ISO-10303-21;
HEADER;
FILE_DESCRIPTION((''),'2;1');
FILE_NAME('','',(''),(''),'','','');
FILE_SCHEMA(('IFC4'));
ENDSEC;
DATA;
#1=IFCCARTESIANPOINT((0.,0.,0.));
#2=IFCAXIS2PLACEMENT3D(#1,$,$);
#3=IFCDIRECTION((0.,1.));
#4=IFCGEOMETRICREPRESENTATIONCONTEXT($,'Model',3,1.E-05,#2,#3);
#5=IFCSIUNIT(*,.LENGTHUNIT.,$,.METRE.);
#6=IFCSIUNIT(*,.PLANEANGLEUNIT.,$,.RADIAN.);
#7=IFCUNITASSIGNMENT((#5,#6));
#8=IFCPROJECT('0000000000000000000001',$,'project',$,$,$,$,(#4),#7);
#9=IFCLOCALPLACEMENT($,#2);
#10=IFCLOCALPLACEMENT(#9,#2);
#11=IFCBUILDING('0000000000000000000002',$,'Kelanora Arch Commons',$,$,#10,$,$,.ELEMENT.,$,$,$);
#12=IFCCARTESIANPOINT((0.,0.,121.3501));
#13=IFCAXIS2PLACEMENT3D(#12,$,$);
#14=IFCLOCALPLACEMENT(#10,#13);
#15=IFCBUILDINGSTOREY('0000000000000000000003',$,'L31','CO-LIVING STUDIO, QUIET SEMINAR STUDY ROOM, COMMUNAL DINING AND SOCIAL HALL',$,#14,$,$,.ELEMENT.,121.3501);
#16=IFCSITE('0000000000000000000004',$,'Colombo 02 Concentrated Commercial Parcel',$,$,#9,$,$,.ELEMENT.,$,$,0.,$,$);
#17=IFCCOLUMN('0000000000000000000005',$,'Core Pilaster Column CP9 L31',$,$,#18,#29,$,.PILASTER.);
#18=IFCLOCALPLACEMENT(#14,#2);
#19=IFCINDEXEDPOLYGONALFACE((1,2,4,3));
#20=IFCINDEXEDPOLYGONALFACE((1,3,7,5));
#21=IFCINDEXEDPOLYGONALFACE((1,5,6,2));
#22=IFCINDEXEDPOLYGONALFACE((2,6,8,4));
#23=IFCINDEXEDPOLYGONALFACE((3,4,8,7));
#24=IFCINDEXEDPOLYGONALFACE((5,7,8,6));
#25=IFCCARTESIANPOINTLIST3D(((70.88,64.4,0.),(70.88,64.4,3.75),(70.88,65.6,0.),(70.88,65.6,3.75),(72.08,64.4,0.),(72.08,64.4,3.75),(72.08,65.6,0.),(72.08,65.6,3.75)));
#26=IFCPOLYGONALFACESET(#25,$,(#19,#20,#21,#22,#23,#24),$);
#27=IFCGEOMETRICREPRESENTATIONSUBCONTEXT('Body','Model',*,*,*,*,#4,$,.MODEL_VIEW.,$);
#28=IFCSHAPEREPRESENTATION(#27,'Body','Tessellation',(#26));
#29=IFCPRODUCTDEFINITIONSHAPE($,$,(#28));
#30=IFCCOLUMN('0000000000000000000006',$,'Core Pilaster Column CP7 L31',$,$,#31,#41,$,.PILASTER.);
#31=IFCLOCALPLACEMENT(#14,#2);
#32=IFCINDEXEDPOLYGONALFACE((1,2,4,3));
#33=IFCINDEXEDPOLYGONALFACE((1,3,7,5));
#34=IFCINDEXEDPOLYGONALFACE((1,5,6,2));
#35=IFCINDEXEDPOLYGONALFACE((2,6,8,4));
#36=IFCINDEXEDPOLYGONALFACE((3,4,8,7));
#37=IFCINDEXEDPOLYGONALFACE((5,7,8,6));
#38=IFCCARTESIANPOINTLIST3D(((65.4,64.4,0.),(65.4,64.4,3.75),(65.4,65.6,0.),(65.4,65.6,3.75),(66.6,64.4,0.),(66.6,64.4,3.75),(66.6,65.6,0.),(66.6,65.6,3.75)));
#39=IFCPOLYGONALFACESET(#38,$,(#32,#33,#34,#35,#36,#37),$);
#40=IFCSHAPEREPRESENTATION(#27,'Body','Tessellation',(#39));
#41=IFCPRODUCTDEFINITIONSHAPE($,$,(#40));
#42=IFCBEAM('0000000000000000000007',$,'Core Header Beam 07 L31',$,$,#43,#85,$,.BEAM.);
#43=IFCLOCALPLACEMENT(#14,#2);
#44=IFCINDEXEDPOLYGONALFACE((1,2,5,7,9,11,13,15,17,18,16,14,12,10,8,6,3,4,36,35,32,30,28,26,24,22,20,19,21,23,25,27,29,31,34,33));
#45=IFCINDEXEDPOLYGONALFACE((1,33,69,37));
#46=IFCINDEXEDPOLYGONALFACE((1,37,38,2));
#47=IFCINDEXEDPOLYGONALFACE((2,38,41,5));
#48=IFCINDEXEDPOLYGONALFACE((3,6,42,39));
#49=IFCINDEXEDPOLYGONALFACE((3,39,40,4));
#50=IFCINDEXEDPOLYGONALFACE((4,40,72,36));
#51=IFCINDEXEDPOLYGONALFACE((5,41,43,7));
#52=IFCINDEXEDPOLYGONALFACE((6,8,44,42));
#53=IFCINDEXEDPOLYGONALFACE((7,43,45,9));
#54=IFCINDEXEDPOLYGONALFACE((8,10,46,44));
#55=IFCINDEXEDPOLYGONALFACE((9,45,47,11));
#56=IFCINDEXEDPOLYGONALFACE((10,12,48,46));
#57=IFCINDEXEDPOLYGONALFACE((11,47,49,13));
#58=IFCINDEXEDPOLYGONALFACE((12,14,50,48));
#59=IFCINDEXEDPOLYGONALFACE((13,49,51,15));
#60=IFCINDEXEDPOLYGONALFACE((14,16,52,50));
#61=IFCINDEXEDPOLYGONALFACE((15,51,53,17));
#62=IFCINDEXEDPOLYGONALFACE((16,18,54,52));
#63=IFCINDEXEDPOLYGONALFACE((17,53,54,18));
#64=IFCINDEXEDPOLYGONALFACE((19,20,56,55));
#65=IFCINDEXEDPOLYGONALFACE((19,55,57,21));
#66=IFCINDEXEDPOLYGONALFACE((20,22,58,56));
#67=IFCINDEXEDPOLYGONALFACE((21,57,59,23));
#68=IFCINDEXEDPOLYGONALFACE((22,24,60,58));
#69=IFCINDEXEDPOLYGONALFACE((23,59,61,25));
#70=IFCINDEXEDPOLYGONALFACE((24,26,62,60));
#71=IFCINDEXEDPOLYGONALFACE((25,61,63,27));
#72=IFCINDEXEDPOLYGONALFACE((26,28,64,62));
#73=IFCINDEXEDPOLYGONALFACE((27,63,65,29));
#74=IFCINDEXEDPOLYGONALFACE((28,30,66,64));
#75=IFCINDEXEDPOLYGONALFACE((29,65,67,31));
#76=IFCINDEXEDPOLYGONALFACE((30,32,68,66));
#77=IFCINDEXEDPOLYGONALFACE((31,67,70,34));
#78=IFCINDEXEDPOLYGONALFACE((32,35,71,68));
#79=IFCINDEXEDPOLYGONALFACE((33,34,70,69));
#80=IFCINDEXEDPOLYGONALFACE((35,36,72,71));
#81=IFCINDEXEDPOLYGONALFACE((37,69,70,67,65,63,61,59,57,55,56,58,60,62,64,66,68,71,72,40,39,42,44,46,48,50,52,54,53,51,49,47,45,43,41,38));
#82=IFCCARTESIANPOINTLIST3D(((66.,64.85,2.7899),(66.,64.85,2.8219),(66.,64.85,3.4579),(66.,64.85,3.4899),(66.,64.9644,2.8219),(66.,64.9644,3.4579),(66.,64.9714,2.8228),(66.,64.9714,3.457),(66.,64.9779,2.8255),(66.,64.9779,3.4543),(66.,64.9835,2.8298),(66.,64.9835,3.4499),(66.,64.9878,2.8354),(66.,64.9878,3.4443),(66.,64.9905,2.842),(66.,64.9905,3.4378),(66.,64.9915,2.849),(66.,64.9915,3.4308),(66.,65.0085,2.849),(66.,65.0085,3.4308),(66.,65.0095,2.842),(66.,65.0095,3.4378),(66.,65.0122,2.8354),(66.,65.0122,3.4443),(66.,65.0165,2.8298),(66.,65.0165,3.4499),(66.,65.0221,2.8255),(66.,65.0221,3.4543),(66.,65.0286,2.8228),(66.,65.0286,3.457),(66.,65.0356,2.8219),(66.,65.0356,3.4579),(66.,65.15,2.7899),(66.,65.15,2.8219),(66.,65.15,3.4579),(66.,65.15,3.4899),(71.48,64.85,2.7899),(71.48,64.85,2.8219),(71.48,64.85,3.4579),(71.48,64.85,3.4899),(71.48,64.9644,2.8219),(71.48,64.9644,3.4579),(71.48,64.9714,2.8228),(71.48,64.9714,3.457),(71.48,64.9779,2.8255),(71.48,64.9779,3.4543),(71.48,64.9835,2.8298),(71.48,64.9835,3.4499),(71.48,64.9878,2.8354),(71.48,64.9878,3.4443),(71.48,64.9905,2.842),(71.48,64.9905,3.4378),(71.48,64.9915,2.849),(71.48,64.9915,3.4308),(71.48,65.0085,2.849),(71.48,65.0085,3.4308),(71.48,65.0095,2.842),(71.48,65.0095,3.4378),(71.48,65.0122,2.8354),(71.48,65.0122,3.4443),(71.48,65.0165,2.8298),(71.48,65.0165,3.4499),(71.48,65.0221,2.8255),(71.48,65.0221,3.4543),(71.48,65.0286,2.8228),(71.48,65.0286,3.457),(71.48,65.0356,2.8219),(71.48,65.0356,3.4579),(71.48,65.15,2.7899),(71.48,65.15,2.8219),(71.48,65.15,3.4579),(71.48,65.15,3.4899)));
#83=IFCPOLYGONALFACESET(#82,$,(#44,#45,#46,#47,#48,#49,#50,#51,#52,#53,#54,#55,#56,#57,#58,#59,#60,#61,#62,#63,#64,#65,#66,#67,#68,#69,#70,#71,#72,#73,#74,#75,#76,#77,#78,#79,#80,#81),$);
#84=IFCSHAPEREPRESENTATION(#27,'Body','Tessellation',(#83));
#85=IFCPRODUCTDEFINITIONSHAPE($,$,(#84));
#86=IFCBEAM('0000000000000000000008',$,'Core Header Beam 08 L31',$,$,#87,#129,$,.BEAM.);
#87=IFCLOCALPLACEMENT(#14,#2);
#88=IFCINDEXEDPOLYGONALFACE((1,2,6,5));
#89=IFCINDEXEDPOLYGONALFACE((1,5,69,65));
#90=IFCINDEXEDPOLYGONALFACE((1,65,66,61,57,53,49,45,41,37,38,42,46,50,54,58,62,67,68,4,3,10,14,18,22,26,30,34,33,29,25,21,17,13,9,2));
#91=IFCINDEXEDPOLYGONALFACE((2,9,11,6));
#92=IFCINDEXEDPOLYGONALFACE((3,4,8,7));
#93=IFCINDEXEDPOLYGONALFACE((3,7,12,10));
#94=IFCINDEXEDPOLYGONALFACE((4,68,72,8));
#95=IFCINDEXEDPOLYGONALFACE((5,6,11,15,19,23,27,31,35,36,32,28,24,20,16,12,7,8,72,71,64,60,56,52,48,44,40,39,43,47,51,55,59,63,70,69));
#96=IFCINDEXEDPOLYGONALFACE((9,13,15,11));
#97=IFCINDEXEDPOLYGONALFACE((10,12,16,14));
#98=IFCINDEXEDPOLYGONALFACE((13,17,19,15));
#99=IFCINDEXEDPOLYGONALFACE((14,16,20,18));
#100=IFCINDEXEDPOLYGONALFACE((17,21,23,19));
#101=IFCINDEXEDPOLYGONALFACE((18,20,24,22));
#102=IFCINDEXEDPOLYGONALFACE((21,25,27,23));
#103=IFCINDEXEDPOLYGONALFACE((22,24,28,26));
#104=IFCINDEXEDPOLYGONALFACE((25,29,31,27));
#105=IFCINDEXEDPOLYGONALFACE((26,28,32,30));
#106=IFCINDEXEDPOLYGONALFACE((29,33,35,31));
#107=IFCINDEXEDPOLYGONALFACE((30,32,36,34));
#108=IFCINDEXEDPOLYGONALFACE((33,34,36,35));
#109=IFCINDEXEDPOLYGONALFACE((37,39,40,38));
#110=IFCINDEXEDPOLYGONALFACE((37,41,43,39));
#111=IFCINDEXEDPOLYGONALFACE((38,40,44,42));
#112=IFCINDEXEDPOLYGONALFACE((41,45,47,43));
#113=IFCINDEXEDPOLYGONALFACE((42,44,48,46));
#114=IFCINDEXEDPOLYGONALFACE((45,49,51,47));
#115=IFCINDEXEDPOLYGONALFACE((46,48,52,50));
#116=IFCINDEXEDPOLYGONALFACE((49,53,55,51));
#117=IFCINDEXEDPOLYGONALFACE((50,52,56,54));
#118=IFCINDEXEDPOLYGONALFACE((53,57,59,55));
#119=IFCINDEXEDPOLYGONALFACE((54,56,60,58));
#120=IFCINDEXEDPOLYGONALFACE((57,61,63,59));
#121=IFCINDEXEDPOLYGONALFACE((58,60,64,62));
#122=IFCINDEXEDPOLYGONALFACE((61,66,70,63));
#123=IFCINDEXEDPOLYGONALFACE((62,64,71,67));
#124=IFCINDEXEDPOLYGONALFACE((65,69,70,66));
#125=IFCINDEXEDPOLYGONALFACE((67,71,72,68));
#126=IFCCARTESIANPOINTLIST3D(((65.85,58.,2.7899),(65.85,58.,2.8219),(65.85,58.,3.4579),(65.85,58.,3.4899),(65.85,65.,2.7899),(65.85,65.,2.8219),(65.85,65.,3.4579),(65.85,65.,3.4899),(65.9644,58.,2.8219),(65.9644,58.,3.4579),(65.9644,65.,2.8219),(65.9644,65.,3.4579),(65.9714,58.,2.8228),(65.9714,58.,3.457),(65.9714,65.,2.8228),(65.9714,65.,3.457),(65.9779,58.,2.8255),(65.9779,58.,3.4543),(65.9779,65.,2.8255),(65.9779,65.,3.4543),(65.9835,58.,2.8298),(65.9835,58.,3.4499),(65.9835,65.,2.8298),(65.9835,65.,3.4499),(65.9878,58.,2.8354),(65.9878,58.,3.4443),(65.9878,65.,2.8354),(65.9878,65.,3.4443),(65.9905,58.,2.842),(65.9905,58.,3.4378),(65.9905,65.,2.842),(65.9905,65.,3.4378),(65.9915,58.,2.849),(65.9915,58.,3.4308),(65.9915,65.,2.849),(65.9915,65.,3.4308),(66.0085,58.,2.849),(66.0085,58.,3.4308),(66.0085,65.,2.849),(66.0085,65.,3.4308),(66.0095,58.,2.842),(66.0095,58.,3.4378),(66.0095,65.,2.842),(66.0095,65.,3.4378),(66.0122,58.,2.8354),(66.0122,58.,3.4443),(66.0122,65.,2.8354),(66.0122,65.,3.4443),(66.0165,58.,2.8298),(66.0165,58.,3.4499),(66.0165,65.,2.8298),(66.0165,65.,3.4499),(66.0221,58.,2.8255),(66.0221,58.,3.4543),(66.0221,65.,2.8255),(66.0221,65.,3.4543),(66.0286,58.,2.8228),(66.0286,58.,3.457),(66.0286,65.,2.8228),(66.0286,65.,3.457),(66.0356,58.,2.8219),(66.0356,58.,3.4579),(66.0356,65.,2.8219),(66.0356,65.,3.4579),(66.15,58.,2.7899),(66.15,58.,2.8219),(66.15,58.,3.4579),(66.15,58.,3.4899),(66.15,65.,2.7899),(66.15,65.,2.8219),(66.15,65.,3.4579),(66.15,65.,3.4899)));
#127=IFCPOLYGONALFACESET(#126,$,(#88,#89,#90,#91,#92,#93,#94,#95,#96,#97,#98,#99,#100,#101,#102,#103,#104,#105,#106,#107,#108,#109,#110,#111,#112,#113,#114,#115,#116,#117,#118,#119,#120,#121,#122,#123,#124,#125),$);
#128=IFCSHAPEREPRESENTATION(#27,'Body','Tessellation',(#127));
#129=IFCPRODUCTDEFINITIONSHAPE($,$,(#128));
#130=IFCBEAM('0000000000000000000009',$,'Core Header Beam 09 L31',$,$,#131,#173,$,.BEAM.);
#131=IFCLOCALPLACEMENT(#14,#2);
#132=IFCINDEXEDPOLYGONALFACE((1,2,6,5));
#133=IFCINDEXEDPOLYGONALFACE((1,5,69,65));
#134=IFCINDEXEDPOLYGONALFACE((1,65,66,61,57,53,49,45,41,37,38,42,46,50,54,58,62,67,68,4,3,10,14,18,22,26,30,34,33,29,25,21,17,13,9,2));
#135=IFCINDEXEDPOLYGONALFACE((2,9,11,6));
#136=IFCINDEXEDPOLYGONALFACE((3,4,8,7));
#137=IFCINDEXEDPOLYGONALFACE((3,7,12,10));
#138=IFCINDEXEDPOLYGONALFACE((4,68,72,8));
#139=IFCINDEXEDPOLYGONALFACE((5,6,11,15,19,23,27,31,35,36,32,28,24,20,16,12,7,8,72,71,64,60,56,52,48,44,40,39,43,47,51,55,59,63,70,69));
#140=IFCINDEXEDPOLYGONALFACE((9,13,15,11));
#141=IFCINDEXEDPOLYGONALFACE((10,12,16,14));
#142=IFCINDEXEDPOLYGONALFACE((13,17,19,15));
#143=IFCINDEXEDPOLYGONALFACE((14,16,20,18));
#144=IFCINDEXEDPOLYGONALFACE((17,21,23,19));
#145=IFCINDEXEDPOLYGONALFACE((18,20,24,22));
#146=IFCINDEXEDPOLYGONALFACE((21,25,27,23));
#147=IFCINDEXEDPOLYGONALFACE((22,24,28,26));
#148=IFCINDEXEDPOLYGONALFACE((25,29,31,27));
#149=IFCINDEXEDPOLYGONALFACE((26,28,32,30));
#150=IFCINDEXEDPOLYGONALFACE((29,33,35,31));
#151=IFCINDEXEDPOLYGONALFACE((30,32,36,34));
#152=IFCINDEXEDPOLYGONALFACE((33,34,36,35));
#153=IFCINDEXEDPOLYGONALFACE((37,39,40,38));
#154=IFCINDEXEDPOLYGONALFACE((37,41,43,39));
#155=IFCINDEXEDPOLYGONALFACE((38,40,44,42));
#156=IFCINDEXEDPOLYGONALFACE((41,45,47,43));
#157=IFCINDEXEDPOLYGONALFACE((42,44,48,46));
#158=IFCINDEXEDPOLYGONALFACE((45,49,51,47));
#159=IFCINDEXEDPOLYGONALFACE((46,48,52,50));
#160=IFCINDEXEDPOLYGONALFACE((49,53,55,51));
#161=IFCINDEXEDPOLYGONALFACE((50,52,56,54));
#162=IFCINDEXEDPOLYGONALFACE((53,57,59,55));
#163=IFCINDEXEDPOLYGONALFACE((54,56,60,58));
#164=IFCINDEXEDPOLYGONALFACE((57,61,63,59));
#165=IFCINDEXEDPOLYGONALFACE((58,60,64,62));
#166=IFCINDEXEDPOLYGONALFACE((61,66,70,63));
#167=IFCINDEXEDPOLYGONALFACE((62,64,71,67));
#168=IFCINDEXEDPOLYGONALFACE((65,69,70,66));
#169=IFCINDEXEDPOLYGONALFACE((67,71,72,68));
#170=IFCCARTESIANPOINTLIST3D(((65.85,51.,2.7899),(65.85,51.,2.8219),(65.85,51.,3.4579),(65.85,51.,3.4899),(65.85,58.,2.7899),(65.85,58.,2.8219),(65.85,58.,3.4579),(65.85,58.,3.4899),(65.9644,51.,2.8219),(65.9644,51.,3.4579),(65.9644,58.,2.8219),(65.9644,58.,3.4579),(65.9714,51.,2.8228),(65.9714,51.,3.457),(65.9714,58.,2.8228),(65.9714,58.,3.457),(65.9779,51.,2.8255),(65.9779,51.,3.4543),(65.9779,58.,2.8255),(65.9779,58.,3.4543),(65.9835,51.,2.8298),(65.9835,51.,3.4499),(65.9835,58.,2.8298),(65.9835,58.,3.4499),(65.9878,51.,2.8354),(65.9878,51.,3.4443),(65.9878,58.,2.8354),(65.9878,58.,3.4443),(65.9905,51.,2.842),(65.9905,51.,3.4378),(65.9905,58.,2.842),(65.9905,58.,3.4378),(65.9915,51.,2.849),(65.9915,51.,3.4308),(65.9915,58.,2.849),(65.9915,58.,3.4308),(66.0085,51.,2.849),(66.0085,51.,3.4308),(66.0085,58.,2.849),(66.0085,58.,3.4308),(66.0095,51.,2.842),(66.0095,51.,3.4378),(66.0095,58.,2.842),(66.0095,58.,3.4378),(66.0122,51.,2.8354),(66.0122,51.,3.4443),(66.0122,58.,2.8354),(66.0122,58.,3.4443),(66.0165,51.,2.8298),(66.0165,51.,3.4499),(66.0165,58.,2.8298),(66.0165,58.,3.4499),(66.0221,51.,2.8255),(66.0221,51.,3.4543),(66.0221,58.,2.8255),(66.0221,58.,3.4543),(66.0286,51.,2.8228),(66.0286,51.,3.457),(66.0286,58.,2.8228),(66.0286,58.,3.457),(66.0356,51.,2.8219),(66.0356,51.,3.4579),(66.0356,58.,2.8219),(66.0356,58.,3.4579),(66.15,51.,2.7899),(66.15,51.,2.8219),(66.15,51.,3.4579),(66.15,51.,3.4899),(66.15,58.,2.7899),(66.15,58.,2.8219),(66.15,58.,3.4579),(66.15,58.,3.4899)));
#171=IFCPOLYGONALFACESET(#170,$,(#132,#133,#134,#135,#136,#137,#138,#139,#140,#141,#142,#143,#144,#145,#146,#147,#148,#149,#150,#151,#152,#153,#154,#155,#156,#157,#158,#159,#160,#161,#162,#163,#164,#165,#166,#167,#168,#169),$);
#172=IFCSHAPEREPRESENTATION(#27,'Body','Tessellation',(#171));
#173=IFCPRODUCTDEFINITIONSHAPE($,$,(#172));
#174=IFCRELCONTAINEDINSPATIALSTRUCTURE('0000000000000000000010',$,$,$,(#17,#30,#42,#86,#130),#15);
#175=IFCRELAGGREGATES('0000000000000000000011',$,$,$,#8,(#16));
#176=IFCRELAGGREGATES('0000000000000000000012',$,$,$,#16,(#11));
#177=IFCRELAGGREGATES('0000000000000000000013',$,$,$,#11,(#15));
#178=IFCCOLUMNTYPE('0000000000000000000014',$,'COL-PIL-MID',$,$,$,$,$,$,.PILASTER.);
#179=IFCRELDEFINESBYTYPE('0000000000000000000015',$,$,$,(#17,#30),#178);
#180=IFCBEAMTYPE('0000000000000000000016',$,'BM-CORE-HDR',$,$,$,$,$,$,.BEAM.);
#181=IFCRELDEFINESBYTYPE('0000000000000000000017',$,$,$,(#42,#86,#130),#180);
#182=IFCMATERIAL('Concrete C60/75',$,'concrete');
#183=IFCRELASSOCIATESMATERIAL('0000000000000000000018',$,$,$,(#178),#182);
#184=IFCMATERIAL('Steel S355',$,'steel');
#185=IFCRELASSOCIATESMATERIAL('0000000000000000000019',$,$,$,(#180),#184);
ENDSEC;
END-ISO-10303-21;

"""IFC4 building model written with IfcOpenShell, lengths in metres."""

from ifc_helpers import new_model, si_unit, direction, frame, origin, origin_2d, place, context, subcontext, project, spatial, rectangle, i_section, extrude, material, material_profile, profile_set, type_object, element, save


model = new_model("IFC4")

# Units and contexts
model_context = context("Model", 3, precision=1e-05, world=origin(), true_north=direction((0.0, 1.0)))
body_context = subcontext(model_context, "Body", "Model", "MODEL_VIEW")
ifc_project = project(units=[si_unit("LENGTHUNIT", "METRE"), si_unit("PLANEANGLEUNIT", "RADIAN")], contexts=[model_context])

# Site, building, storey
site_placement = place(None, origin())
site = spatial("IfcSite", under=ifc_project, at=site_placement, Name="Colombo 02 Concentrated Commercial Parcel", CompositionType="ELEMENT", RefElevation=0.0)
building_placement = place(site_placement, origin())
building = spatial("IfcBuilding", under=site, at=building_placement, Name="Kelanora Arch Commons", CompositionType="ELEMENT")
storey_placement = place(building_placement, frame((0.0, 0.0, 121.3501)))
storey = spatial("IfcBuildingStorey", under=building, at=storey_placement, Name="L31", Description="CO-LIVING STUDIO, QUIET SEMINAR STUDY ROOM, COMMUNAL DINING AND SOCIAL HALL", CompositionType="ELEMENT", Elevation=121.3501)

# Columns
ifc_material_1 = material(Name="Concrete C60/75", Category="concrete")
ifc_material_profile_1 = material_profile(ifc_material_1, rectangle(XDim=1.2, YDim=1.2, at=origin_2d()), Name="RC1200x1200")
ifc_profile_set_1 = profile_set([ifc_material_profile_1], Name="Concrete C60/75")
column_type = type_object("IfcColumnType", Name="COL-PIL-MID", PredefinedType="PILASTER", material=ifc_profile_set_1)
for number, where, z_axis, x_axis, name in (
    (1, (71.48, 65.0, 0.0), (0.0, 0.0, 1.0), (1.0, 0.0, 0.0), "Core Pilaster Column CP9 L31"),
    (2, (66.0, 65.0, 0.0), (0.0, 0.0, 1.0), (1.0, 0.0, 0.0), "Core Pilaster Column CP7 L31"),
):
    element("IfcColumn", number, at=place(storey_placement, frame(where, z_axis=z_axis, x_axis=x_axis)), inside=storey, type_object=column_type, Name=name, PredefinedType="PILASTER", context=body_context, shape_type="SweptSolid", body=[
        extrude(rectangle(XDim=1.2, YDim=1.2, at=origin_2d()), origin(), (0.0, 0.0, 1.0), 3.75),
    ])

# Beams
ifc_material_2 = material(Name="Steel S355", Category="steel")
ifc_material_profile_2 = material_profile(ifc_material_2, i_section(OverallWidth=0.3, OverallDepth=0.7, WebThickness=0.0171, FlangeThickness=0.032, FilletRadius=0.0271, at=origin_2d()), Name="HEB700")
ifc_profile_set_2 = profile_set([ifc_material_profile_2], Name="Steel S355")
beam_type_1 = type_object("IfcBeamType", Name="BM-CORE-HDR", PredefinedType="BEAM", material=ifc_profile_set_2)
beam_1_placement = place(storey_placement, frame((71.48, 65.0, 3.1399), z_axis=(-1.0, 0.0, 0.0), x_axis=(0.0, -1.0, 0.0)))
element("IfcBeam", 3, at=beam_1_placement, inside=storey, type_object=beam_type_1, Name="Core Header Beam 07 L31", PredefinedType="BEAM", context=body_context, shape_type="SweptSolid", body=[
    extrude(i_section(OverallWidth=0.3, OverallDepth=0.7, WebThickness=0.0171, FlangeThickness=0.032, FilletRadius=0.0271, at=origin_2d()), origin(), (0.0, 0.0, 1.0), 5.48),
])
for number, where, z_axis, x_axis, name in (
    (4, (66.0, 65.0, 3.1399), (0.0, -1.0, 0.0), (1.0, 0.0, 0.0), "Core Header Beam 08 L31"),
    (5, (66.0, 58.0, 3.1399), (0.0, -1.0, 0.0), (1.0, 0.0, 0.0), "Core Header Beam 09 L31"),
):
    element("IfcBeam", number, at=place(storey_placement, frame(where, z_axis=z_axis, x_axis=x_axis)), inside=storey, type_object=beam_type_1, Name=name, PredefinedType="BEAM", context=body_context, shape_type="SweptSolid", body=[
        extrude(i_section(OverallWidth=0.3, OverallDepth=0.7, WebThickness=0.0171, FlangeThickness=0.032, FilletRadius=0.0271, at=origin_2d()), origin(), (0.0, 0.0, 1.0), 7.0),
    ])

save(model, "model.ifc")
